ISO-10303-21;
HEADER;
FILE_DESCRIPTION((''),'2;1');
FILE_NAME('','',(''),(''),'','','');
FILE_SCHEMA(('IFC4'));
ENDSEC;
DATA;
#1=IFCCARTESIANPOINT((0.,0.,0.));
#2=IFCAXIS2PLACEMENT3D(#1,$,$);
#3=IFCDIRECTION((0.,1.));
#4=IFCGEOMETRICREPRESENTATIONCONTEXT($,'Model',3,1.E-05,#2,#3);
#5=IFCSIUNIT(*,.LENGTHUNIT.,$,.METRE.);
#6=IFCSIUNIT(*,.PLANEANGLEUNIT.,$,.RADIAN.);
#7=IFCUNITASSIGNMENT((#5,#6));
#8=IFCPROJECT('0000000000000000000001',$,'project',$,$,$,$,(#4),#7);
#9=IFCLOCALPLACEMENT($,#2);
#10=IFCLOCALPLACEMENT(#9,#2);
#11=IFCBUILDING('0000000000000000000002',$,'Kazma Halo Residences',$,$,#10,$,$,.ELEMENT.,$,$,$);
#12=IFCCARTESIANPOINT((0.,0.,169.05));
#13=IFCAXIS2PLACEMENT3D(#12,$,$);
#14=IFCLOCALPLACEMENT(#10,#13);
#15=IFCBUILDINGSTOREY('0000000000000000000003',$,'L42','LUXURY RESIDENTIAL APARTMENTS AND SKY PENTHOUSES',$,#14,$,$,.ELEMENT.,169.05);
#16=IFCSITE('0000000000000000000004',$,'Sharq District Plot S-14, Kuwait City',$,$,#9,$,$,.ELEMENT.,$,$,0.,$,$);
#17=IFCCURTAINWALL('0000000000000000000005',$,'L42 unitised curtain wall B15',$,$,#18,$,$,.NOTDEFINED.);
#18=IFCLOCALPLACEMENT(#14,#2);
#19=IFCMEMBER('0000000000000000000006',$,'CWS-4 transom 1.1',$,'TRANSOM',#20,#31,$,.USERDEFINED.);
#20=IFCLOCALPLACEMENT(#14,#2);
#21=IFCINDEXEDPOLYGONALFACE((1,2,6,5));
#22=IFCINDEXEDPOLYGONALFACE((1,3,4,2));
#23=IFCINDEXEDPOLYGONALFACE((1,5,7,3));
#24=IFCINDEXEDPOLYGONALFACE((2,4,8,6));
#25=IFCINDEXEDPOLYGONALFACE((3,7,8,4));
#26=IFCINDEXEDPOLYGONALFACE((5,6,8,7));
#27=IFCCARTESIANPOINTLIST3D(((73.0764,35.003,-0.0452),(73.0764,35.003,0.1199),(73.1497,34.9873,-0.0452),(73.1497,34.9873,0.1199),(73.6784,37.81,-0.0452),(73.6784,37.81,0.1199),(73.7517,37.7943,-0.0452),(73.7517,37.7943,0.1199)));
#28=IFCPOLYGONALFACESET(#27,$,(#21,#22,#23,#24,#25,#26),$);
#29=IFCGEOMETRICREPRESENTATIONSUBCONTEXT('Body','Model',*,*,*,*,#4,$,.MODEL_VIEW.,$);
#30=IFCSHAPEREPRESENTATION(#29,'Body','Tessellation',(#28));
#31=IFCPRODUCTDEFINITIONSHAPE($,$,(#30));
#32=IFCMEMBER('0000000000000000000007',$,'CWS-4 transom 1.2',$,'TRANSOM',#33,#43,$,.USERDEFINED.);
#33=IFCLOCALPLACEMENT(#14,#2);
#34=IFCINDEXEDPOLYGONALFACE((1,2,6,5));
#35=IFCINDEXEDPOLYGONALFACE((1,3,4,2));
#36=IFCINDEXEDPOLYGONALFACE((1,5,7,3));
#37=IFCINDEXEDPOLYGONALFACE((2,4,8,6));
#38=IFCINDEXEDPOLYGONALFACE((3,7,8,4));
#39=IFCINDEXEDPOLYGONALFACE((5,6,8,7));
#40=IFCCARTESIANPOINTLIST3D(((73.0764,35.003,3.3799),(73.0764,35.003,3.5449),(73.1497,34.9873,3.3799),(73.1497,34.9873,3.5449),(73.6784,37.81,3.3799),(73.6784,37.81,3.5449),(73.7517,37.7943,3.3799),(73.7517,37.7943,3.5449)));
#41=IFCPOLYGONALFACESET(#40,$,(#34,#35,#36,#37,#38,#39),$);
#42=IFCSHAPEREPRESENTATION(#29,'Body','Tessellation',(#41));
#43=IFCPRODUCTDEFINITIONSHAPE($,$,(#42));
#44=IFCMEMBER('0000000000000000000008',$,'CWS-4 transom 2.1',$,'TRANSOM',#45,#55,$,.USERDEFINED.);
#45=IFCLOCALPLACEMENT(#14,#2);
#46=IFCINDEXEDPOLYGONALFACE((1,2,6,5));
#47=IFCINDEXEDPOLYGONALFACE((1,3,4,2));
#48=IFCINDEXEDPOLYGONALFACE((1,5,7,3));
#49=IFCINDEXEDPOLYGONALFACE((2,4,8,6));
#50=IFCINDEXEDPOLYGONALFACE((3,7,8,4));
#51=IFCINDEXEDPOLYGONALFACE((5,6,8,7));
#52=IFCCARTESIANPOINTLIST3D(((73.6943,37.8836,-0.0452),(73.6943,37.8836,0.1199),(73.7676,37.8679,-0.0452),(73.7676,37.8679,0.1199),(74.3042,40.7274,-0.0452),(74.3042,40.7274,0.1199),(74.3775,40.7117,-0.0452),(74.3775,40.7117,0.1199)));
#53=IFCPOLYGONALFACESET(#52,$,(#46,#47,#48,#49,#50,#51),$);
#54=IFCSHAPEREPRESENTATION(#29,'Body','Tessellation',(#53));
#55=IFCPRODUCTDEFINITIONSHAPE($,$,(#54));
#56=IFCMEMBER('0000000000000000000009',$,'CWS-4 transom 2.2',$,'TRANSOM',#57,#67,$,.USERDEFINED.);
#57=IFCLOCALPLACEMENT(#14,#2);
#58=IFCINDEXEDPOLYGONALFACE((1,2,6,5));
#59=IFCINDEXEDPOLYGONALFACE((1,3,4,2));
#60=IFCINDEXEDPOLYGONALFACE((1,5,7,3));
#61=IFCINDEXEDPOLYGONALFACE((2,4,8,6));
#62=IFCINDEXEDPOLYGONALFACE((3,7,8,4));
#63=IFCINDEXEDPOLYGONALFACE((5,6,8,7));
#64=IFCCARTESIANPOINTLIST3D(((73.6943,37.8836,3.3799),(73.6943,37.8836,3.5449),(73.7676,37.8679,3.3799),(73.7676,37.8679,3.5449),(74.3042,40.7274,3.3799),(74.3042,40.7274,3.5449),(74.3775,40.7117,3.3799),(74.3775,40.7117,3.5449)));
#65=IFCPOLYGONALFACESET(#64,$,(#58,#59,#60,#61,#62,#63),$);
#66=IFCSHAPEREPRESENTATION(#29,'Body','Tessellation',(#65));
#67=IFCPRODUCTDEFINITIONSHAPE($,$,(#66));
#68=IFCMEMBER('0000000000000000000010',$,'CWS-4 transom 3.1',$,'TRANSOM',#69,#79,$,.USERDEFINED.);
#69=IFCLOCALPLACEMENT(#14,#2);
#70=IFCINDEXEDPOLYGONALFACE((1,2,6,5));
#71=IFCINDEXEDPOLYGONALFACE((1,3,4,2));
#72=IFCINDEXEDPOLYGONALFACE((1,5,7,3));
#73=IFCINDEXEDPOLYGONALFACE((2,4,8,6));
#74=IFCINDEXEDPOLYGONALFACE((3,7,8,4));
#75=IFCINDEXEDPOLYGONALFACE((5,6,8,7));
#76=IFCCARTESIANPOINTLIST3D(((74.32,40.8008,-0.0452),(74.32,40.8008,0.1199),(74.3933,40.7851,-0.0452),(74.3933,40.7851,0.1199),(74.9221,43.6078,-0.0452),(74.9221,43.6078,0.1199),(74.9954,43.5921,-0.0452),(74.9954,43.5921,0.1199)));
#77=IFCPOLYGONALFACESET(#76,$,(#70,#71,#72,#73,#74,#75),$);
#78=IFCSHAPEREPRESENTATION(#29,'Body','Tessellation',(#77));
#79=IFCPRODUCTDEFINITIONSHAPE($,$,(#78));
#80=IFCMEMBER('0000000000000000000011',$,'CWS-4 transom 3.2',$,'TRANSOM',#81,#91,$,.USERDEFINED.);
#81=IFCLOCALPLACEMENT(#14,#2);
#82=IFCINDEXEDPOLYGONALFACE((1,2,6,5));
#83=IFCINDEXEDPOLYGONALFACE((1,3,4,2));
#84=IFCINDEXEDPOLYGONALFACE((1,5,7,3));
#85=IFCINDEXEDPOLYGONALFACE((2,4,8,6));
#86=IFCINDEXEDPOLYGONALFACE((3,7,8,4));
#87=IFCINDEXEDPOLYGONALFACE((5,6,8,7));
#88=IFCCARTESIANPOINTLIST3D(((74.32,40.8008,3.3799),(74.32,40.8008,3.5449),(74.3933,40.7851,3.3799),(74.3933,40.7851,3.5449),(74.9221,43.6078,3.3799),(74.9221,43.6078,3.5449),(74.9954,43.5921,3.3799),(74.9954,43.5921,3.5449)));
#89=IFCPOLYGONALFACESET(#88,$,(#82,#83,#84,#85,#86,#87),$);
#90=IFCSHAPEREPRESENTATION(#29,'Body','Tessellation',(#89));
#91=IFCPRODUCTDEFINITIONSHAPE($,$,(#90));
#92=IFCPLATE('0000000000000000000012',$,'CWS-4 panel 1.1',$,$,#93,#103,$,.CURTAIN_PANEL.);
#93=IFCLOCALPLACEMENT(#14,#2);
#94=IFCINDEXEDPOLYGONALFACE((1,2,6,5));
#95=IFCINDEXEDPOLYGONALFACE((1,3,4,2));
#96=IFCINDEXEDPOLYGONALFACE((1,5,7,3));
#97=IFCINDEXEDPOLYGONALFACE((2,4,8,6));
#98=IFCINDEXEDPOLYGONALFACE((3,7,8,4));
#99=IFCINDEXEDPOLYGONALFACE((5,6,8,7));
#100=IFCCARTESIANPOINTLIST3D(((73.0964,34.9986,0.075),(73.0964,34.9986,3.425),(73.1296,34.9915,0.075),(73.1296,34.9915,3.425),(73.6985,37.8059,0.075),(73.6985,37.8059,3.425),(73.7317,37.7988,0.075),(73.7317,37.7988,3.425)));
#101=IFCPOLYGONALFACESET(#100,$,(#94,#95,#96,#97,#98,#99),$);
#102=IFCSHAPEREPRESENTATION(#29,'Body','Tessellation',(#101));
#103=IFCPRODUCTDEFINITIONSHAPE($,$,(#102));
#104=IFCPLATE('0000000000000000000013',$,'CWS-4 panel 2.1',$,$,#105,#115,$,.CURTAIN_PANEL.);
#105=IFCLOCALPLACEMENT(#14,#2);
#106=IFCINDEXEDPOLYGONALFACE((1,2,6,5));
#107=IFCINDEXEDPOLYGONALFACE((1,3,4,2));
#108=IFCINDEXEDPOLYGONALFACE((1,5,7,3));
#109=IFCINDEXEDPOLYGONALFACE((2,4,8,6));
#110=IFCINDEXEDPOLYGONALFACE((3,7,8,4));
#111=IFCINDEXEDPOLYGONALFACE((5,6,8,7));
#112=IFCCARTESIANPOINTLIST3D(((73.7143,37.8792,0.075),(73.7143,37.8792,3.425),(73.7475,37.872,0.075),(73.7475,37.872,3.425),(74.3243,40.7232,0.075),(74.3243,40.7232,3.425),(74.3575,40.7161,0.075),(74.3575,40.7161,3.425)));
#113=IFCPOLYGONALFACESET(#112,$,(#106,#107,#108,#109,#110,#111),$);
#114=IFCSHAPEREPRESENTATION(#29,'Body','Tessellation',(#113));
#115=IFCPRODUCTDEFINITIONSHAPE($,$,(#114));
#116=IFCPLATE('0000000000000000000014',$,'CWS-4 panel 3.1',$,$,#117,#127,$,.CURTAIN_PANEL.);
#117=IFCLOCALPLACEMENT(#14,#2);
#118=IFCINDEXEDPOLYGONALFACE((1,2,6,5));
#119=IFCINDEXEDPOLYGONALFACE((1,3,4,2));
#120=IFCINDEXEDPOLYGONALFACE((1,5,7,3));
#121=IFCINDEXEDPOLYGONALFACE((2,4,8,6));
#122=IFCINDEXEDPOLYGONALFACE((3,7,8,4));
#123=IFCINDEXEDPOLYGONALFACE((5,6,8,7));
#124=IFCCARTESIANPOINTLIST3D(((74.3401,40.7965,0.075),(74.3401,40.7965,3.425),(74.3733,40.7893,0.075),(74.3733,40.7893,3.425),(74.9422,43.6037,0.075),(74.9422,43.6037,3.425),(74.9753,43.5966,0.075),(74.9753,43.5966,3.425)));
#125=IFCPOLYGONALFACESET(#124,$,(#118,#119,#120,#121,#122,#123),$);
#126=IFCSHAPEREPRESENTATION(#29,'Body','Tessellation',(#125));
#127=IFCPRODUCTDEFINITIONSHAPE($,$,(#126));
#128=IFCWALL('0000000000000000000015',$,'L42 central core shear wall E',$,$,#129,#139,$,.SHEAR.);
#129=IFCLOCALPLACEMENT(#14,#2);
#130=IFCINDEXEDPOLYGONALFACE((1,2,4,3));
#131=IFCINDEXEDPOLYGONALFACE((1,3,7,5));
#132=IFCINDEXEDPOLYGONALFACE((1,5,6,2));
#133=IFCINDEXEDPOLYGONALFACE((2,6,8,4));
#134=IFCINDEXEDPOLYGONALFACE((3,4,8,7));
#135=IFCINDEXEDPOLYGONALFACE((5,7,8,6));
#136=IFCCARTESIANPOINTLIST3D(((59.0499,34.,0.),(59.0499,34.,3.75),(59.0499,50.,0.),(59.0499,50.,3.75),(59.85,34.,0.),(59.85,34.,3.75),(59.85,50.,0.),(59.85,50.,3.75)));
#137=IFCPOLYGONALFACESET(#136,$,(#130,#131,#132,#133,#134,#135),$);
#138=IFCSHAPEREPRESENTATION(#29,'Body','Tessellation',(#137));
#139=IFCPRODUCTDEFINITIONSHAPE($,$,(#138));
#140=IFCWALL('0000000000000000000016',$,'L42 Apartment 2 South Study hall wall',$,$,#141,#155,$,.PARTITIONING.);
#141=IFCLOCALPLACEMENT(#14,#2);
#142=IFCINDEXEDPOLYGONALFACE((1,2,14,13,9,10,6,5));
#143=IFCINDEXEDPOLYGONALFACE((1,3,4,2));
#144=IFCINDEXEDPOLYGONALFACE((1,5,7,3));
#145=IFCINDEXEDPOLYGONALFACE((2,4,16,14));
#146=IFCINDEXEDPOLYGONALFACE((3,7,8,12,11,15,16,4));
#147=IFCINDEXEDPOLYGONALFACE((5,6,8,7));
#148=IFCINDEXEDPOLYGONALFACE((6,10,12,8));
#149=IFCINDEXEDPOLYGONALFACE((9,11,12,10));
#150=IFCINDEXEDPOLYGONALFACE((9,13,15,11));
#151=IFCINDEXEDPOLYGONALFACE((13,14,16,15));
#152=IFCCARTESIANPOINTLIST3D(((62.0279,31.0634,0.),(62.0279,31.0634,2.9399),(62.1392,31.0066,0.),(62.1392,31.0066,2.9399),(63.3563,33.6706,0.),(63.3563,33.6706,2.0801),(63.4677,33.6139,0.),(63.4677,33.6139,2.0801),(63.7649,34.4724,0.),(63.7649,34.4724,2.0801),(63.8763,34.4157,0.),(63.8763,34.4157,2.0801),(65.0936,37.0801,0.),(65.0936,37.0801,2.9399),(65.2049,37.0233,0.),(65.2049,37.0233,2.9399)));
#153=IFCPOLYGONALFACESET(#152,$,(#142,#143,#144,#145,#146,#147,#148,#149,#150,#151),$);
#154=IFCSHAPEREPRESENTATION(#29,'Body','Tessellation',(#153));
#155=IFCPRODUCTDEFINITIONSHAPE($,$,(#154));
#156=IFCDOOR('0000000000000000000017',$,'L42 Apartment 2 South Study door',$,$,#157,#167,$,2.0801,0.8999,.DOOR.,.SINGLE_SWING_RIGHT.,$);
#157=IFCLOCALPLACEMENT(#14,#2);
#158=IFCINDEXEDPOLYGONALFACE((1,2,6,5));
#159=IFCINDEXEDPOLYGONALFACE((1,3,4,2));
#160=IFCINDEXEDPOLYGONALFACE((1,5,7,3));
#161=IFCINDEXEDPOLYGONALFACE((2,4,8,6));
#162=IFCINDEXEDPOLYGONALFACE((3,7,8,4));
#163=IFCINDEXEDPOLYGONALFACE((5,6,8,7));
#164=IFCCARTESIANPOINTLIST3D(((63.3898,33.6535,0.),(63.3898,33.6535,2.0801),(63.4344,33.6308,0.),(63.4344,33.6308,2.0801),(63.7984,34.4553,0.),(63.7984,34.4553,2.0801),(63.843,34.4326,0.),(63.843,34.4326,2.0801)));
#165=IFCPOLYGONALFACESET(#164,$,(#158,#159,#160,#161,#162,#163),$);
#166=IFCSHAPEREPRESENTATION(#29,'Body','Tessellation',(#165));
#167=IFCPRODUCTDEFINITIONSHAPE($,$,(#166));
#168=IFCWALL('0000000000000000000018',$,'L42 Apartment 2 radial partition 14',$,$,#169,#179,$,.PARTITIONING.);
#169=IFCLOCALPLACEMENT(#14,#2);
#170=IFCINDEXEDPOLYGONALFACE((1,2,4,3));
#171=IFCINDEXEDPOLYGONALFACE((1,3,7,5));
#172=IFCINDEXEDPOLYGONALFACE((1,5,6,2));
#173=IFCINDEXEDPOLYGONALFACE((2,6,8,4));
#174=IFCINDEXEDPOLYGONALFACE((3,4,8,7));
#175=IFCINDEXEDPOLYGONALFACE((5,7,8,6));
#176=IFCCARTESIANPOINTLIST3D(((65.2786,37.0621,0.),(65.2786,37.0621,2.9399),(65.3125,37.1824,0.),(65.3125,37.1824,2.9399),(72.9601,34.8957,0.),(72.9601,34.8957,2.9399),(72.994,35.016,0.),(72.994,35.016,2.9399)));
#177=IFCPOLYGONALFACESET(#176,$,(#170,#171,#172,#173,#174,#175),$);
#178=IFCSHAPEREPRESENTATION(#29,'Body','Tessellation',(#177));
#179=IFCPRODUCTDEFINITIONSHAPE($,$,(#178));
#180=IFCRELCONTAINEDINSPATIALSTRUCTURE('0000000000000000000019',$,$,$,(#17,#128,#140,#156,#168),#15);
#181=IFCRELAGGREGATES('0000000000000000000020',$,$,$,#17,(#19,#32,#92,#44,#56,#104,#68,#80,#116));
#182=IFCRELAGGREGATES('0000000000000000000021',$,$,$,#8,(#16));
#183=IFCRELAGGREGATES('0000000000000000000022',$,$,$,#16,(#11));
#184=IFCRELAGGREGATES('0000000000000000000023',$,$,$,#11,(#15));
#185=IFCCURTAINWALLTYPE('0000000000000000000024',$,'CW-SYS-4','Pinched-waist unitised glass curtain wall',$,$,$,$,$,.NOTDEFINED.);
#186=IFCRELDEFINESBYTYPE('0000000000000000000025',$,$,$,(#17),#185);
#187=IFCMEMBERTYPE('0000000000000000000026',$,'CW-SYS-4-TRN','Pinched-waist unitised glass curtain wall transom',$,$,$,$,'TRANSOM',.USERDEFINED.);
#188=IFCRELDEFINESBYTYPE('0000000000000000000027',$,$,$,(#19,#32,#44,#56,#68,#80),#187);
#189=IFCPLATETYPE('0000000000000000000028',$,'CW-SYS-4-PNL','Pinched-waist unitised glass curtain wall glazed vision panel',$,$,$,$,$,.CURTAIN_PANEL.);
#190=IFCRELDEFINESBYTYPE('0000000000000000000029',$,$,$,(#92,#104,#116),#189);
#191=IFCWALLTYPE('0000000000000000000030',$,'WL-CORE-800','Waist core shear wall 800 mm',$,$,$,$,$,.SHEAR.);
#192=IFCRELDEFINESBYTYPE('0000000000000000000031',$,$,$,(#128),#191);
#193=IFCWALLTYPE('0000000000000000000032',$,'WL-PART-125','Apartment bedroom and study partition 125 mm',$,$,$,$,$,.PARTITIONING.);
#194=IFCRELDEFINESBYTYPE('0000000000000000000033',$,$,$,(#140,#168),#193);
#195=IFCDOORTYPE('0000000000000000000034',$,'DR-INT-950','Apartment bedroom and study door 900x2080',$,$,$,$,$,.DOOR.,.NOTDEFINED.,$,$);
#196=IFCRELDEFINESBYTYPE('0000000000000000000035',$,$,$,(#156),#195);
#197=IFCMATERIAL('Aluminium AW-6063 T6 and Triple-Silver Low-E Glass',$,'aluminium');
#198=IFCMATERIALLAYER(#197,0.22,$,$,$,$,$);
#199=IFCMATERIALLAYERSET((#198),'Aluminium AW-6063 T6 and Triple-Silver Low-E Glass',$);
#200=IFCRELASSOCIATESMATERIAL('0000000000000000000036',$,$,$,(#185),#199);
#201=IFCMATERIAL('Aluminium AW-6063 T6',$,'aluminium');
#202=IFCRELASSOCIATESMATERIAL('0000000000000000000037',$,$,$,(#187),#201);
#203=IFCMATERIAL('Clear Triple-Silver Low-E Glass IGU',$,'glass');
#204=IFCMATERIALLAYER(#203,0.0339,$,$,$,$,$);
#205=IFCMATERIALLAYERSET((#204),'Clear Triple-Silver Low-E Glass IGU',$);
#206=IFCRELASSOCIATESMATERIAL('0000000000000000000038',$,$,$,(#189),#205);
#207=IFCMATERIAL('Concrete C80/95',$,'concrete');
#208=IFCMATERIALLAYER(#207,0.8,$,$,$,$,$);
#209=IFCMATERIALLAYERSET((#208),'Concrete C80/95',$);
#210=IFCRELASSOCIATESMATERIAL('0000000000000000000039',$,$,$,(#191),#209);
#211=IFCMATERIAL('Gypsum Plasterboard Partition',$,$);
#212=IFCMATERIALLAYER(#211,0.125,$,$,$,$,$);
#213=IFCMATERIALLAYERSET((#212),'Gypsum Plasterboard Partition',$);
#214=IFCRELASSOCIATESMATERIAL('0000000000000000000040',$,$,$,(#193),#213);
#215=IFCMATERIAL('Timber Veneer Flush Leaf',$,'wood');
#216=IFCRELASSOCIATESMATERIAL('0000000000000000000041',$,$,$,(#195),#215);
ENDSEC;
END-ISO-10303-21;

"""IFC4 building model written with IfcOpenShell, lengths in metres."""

from ifc_helpers import new_model, si_unit, direction, frame, frame_2d, origin, origin_2d, place, context, subcontext, project, spatial, rectangle, extrude, material, layer, layer_set, material_profile, profile_set, type_object, element, fill, aggregate, save


model = new_model("IFC4")

# Units and contexts
model_context = context("Model", 3, precision=1e-05, world=origin(), true_north=direction((0.0, 1.0)))
body_context = subcontext(model_context, "Body", "Model", "MODEL_VIEW")
ifc_project = project(units=[si_unit("LENGTHUNIT", "METRE"), si_unit("PLANEANGLEUNIT", "RADIAN")], contexts=[model_context])

# Site, building, storey
site_placement = place(None, origin())
site = spatial("IfcSite", under=ifc_project, at=site_placement, Name="Sharq District Plot S-14, Kuwait City", CompositionType="ELEMENT", RefElevation=0.0)
building_placement = place(site_placement, origin())
building = spatial("IfcBuilding", under=site, at=building_placement, Name="Kazma Halo Residences", CompositionType="ELEMENT")
storey_placement = place(building_placement, frame((0.0, 0.0, 169.05)))
storey = spatial("IfcBuildingStorey", under=building, at=storey_placement, Name="L42", Description="LUXURY RESIDENTIAL APARTMENTS AND SKY PENTHOUSES", CompositionType="ELEMENT", Elevation=169.05)

# Shared definitions
ifc_material_1 = material(Name="Concrete C80/95", Category="concrete")

# Curtain wall, members, plates
ifc_material_2 = material(Name="Aluminium AW-6063 T6 and Triple-Silver Low-E Glass", Category="aluminium")
ifc_layer_1 = layer(ifc_material_2, 0.22)
ifc_layer_set_1 = layer_set([ifc_layer_1], Name="Aluminium AW-6063 T6 and Triple-Silver Low-E Glass")
curtain_wall_type = type_object("IfcCurtainWallType", Name="CW-SYS-4", Description="Pinched-waist unitised glass curtain wall", PredefinedType="NOTDEFINED", material=ifc_layer_set_1)
curtain_wall_placement = place(storey_placement, origin())
curtain_wall = element("IfcCurtainWall", 1, at=curtain_wall_placement, inside=storey, type_object=curtain_wall_type, Name="L42 unitised curtain wall B15", PredefinedType="NOTDEFINED")
ifc_material_3 = material(Name="Aluminium AW-6063 T6", Category="aluminium")
ifc_material_profile_1 = material_profile(ifc_material_3, rectangle(XDim=0.075, YDim=0.165, at=origin_2d()), Name="CWT-75x165")
ifc_profile_set_1 = profile_set([ifc_material_profile_1], Name="Aluminium AW-6063 T6")
member_type_1 = type_object("IfcMemberType", Name="CW-SYS-4-TRN", Description="Pinched-waist unitised glass curtain wall transom", ElementType="TRANSOM", PredefinedType="USERDEFINED", material=ifc_profile_set_1)
member_1_placement = place(storey_placement, frame((73.113, 34.9951, 0.0374), z_axis=(0.209703, 0.977765, 0.0), x_axis=(-0.977765, 0.209703, 0.0)))
member_1 = element("IfcMember", 2, at=member_1_placement, type_object=member_type_1, Name="CWS-4 transom 1.1", ObjectType="TRANSOM", PredefinedType="USERDEFINED", context=body_context, shape_type="SweptSolid", body=[
    extrude(rectangle(XDim=0.075, YDim=0.165, at=origin_2d()), origin(), (0.0, 0.0, 1.0), 2.8708),
])
member_2_placement = place(storey_placement, frame((73.113, 34.9951, 3.4624), z_axis=(0.209703, 0.977765, 0.0), x_axis=(-0.977765, 0.209703, 0.0)))
member_2 = element("IfcMember", 3, at=member_2_placement, type_object=member_type_1, Name="CWS-4 transom 1.2", ObjectType="TRANSOM", PredefinedType="USERDEFINED", context=body_context, shape_type="SweptSolid", body=[
    extrude(rectangle(XDim=0.075, YDim=0.165, at=origin_2d()), origin(), (0.0, 0.0, 1.0), 2.8708),
])
member_3_placement = place(storey_placement, frame((73.731, 37.8757, 0.0374), z_axis=(0.20969, 0.977768, 0.0), x_axis=(-0.977768, 0.20969, 0.0)))
member_3 = element("IfcMember", 4, at=member_3_placement, type_object=member_type_1, Name="CWS-4 transom 2.1", ObjectType="TRANSOM", PredefinedType="USERDEFINED", context=body_context, shape_type="SweptSolid", body=[
    extrude(rectangle(XDim=0.075, YDim=0.165, at=origin_2d()), origin(), (0.0, 0.0, 1.0), 2.9084),
])
member_4_placement = place(storey_placement, frame((73.731, 37.8757, 3.4624), z_axis=(0.20969, 0.977768, 0.0), x_axis=(-0.977768, 0.20969, 0.0)))
member_4 = element("IfcMember", 5, at=member_4_placement, type_object=member_type_1, Name="CWS-4 transom 2.2", ObjectType="TRANSOM", PredefinedType="USERDEFINED", context=body_context, shape_type="SweptSolid", body=[
    extrude(rectangle(XDim=0.075, YDim=0.165, at=origin_2d()), origin(), (0.0, 0.0, 1.0), 2.9084),
])
member_5_placement = place(storey_placement, frame((74.3567, 40.793, 0.0374), z_axis=(0.209703, 0.977765, 0.0), x_axis=(-0.977765, 0.209703, 0.0)))
member_5 = element("IfcMember", 6, at=member_5_placement, type_object=member_type_1, Name="CWS-4 transom 3.1", ObjectType="TRANSOM", PredefinedType="USERDEFINED", context=body_context, shape_type="SweptSolid", body=[
    extrude(rectangle(XDim=0.075, YDim=0.165, at=origin_2d()), origin(), (0.0, 0.0, 1.0), 2.8708),
])
member_6_placement = place(storey_placement, frame((74.3567, 40.793, 3.4624), z_axis=(0.209703, 0.977765, 0.0), x_axis=(-0.977765, 0.209703, 0.0)))
member_6 = element("IfcMember", 7, at=member_6_placement, type_object=member_type_1, Name="CWS-4 transom 3.2", ObjectType="TRANSOM", PredefinedType="USERDEFINED", context=body_context, shape_type="SweptSolid", body=[
    extrude(rectangle(XDim=0.075, YDim=0.165, at=origin_2d()), origin(), (0.0, 0.0, 1.0), 2.8708),
])
ifc_material_4 = material(Name="Clear Triple-Silver Low-E Glass IGU", Category="glass")
ifc_layer_2 = layer(ifc_material_4, 0.0339)
ifc_layer_set_2 = layer_set([ifc_layer_2], Name="Clear Triple-Silver Low-E Glass IGU")
plate_type = type_object("IfcPlateType", Name="CW-SYS-4-PNL", Description="Pinched-waist unitised glass curtain wall glazed vision panel", PredefinedType="CURTAIN_PANEL", material=ifc_layer_set_2)
plate_1_placement = place(storey_placement, frame((73.4141, 36.3987, 0.075), z_axis=(0.0, 0.0, 1.0), x_axis=(0.209704, 0.977765, 0.0)))
plate_1 = element("IfcPlate", 8, at=plate_1_placement, type_object=plate_type, Name="CWS-4 panel 1.1", PredefinedType="CURTAIN_PANEL", context=body_context, shape_type="SweptSolid", body=[
    extrude(rectangle(XDim=2.8711, YDim=0.0339, at=origin_2d()), origin(), (0.0, 0.0, 1.0), 3.3501),
])
plate_2_placement = place(storey_placement, frame((74.0359, 39.2976, 0.075), z_axis=(0.0, 0.0, 1.0), x_axis=(0.209704, 0.977765, 0.0)))
plate_2 = element("IfcPlate", 9, at=plate_2_placement, type_object=plate_type, Name="CWS-4 panel 2.1", PredefinedType="CURTAIN_PANEL", context=body_context, shape_type="SweptSolid", body=[
    extrude(rectangle(XDim=2.9087, YDim=0.0339, at=origin_2d()), origin(), (0.0, 0.0, 1.0), 3.3501),
])
plate_3_placement = place(storey_placement, frame((74.6577, 42.1965, 0.075), z_axis=(0.0, 0.0, 1.0), x_axis=(0.209704, 0.977765, 0.0)))
plate_3 = element("IfcPlate", 10, at=plate_3_placement, type_object=plate_type, Name="CWS-4 panel 3.1", PredefinedType="CURTAIN_PANEL", context=body_context, shape_type="SweptSolid", body=[
    extrude(rectangle(XDim=2.8711, YDim=0.0339, at=origin_2d()), origin(), (0.0, 0.0, 1.0), 3.3501),
])
aggregate(curtain_wall, [member_1, member_2, plate_1, member_3, member_4, plate_2, member_5, member_6, plate_3])

# Wall
ifc_layer_3 = layer(ifc_material_1, 0.8)
ifc_layer_set_3 = layer_set([ifc_layer_3], Name="Concrete C80/95")
wall_type_1 = type_object("IfcWallType", Name="WL-CORE-800", Description="Waist core shear wall 800 mm", PredefinedType="SHEAR", material=ifc_layer_set_3)
wall_1_placement = place(storey_placement, frame((59.45, 34.0, 0.0), z_axis=(0.0, 0.0, 1.0), x_axis=(0.0, 1.0, 0.0)))
element("IfcWall", 11, at=wall_1_placement, inside=storey, type_object=wall_type_1, Name="L42 central core shear wall E", PredefinedType="SHEAR", context=body_context, shape_type="SweptSolid", body=[
    extrude(rectangle(XDim=16.0, YDim=0.8, at=frame_2d((8.0, 0.0))), origin(), (0.0, 0.0, 1.0), 3.75),
])

# Wall, opening, door
ifc_material_5 = material(Name="Gypsum Plasterboard Partition")
ifc_layer_4 = layer(ifc_material_5, 0.125)
ifc_layer_set_4 = layer_set([ifc_layer_4], Name="Gypsum Plasterboard Partition")
wall_type_2 = type_object("IfcWallType", Name="WL-PART-125", Description="Apartment bedroom and study partition 125 mm", PredefinedType="PARTITIONING", material=ifc_layer_set_4)
wall_2_placement = place(storey_placement, frame((62.0835, 31.0349, 0.0), z_axis=(0.0, 0.0, 1.0), x_axis=(0.453998, 0.891003, 0.0)))
wall_2 = element("IfcWall", 12, at=wall_2_placement, inside=storey, type_object=wall_type_2, Name="L42 Apartment 2 South Study hall wall", PredefinedType="PARTITIONING", context=body_context, shape_type="SweptSolid", body=[
    extrude(rectangle(XDim=6.7527, YDim=0.125, at=frame_2d((3.3765, 0.0))), origin(), (0.0, 0.0, 1.0), 2.9399),
])
opening_1_placement = place(wall_2_placement, frame((2.9263, 0.0, 0.0)))
opening_1 = element("IfcOpeningElement", 13, at=opening_1_placement, cuts=wall_2, PredefinedType="OPENING", context=body_context, shape_type="SweptSolid", body=[
    extrude(rectangle(XDim=0.8999, YDim=2.0801, at=frame_2d((0.45, 1.04))), frame((0.0, 0.0725, 0.0), z_axis=(0.0, -1.0, 0.0), x_axis=(1.0, 0.0, 0.0)), (0.0, 0.0, 1.0), 0.145),
])
ifc_material_6 = material(Name="Timber Veneer Flush Leaf", Category="wood")
door_type = type_object("IfcDoorType", Name="DR-INT-950", Description="Apartment bedroom and study door 900x2080", OperationType="NOTDEFINED", PredefinedType="DOOR", material=ifc_material_6)
door_1_placement = place(opening_1_placement, origin())
door_1 = element("IfcDoor", 14, at=door_1_placement, inside=storey, type_object=door_type, Name="L42 Apartment 2 South Study door", OperationType="SINGLE_SWING_RIGHT", OverallHeight=2.0801, OverallWidth=0.8999, PredefinedType="DOOR", context=body_context, shape_type="SweptSolid", body=[
    extrude(rectangle(XDim=0.8999, YDim=2.0801, at=frame_2d((0.45, 1.04))), frame((0.0, 0.0249, 0.0), z_axis=(0.0, -1.0, 0.0), x_axis=(1.0, 0.0, 0.0)), (0.0, 0.0, 1.0), 0.05),
])
fill(opening_1, door_1)

# Wall
wall_3_placement = place(storey_placement, frame((65.2954, 37.1223, 0.0), z_axis=(0.0, 0.0, 1.0), x_axis=(0.962453, -0.271447, 0.0)))
element("IfcWall", 15, at=wall_3_placement, inside=storey, type_object=wall_type_2, Name="L42 Apartment 2 radial partition 14", PredefinedType="PARTITIONING", context=body_context, shape_type="SweptSolid", body=[
    extrude(rectangle(XDim=7.9812, YDim=0.125, at=frame_2d((3.9907, 0.0))), origin(), (0.0, 0.0, 1.0), 2.9399),
])

save(model, "model.ifc")
